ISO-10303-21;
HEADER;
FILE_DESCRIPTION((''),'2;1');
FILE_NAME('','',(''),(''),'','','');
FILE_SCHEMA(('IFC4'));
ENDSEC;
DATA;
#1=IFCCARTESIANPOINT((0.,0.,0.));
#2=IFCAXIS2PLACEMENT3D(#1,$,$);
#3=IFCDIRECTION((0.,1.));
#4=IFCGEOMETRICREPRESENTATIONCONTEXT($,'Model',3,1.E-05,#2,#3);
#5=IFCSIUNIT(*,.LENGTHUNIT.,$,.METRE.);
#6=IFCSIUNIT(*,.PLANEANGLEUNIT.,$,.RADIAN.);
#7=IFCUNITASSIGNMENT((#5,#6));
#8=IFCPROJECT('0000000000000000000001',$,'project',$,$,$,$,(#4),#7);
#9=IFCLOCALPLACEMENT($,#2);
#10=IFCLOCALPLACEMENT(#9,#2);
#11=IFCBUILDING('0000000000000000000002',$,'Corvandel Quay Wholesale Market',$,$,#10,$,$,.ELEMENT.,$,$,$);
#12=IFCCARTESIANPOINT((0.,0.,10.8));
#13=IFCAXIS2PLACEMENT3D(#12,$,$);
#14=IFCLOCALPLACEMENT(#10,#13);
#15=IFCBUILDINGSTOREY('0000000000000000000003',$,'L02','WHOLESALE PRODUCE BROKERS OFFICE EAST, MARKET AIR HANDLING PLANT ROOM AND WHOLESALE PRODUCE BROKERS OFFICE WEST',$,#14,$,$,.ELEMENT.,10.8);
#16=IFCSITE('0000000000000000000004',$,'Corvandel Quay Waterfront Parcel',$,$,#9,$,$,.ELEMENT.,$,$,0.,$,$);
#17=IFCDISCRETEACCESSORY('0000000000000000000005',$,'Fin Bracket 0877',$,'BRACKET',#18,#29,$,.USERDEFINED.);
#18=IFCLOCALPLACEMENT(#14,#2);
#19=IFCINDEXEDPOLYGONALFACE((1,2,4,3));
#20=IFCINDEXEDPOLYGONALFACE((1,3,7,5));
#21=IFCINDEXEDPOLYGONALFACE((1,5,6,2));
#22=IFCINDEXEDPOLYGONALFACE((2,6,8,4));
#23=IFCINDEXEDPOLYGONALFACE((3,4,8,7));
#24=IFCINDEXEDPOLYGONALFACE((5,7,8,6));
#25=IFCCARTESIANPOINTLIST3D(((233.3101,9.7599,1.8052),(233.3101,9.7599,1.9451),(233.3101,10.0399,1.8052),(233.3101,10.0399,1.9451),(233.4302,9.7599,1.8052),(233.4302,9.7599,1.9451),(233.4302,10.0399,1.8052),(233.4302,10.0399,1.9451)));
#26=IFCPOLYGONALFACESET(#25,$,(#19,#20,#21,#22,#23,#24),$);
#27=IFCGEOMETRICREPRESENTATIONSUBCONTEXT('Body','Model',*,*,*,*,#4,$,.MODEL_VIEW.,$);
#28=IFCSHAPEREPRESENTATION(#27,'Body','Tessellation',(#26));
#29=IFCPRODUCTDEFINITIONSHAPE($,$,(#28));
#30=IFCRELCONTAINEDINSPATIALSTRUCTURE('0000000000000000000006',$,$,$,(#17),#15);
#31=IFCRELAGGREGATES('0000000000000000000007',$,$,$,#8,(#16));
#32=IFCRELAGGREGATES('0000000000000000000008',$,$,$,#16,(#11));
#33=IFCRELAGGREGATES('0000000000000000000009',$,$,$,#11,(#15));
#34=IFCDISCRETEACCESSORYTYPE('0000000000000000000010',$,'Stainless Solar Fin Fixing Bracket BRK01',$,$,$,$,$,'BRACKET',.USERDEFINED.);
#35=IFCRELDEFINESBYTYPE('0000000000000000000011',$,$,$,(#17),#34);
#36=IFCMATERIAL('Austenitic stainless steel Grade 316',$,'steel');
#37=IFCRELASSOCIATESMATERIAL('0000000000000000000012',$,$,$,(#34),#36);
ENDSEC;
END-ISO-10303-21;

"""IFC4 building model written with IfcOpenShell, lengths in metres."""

from ifc_helpers import new_model, si_unit, direction, frame, origin, origin_2d, place, context, subcontext, project, spatial, rectangle, extrude, material, type_object, element, save


model = new_model("IFC4")

# Units and contexts
model_context = context("Model", 3, precision=1e-05, world=origin(), true_north=direction((0.0, 1.0)))
body_context = subcontext(model_context, "Body", "Model", "MODEL_VIEW")
ifc_project = project(units=[si_unit("LENGTHUNIT", "METRE"), si_unit("PLANEANGLEUNIT", "RADIAN")], contexts=[model_context])

# Site, building, storey
site_placement = place(None, origin())
site = spatial("IfcSite", under=ifc_project, at=site_placement, Name="Corvandel Quay Waterfront Parcel", CompositionType="ELEMENT", RefElevation=0.0)
building_placement = place(site_placement, origin())
building = spatial("IfcBuilding", under=site, at=building_placement, Name="Corvandel Quay Wholesale Market", CompositionType="ELEMENT")
storey_placement = place(building_placement, frame((0.0, 0.0, 10.8)))
storey = spatial("IfcBuildingStorey", under=building, at=storey_placement, Name="L02", Description="WHOLESALE PRODUCE BROKERS OFFICE EAST, MARKET AIR HANDLING PLANT ROOM AND WHOLESALE PRODUCE BROKERS OFFICE WEST", CompositionType="ELEMENT", Elevation=10.8)

# Discrete accessory
ifc_material_1 = material(Name="Austenitic stainless steel Grade 316", Category="steel")
discrete_accessory_type = type_object("IfcDiscreteAccessoryType", Name="Stainless Solar Fin Fixing Bracket BRK01", ElementType="BRACKET", PredefinedType="USERDEFINED", material=ifc_material_1)
for number, where, z_axis, x_axis, name in (
    (1, (233.3701, 9.8999, 1.8052), (0.0, 0.0, 1.0), (0.0, 1.0, 0.0), "Fin Bracket 0877"),
):
    element("IfcDiscreteAccessory", number, at=place(storey_placement, frame(where, z_axis=z_axis, x_axis=x_axis)), inside=storey, type_object=discrete_accessory_type, Name=name, ObjectType="BRACKET", PredefinedType="USERDEFINED", context=body_context, shape_type="SweptSolid", body=[
        extrude(rectangle(XDim=0.28, YDim=0.1201, at=origin_2d()), origin(), (0.0, 0.0, 1.0), 0.1399),
    ])

save(model, "model.ifc")
